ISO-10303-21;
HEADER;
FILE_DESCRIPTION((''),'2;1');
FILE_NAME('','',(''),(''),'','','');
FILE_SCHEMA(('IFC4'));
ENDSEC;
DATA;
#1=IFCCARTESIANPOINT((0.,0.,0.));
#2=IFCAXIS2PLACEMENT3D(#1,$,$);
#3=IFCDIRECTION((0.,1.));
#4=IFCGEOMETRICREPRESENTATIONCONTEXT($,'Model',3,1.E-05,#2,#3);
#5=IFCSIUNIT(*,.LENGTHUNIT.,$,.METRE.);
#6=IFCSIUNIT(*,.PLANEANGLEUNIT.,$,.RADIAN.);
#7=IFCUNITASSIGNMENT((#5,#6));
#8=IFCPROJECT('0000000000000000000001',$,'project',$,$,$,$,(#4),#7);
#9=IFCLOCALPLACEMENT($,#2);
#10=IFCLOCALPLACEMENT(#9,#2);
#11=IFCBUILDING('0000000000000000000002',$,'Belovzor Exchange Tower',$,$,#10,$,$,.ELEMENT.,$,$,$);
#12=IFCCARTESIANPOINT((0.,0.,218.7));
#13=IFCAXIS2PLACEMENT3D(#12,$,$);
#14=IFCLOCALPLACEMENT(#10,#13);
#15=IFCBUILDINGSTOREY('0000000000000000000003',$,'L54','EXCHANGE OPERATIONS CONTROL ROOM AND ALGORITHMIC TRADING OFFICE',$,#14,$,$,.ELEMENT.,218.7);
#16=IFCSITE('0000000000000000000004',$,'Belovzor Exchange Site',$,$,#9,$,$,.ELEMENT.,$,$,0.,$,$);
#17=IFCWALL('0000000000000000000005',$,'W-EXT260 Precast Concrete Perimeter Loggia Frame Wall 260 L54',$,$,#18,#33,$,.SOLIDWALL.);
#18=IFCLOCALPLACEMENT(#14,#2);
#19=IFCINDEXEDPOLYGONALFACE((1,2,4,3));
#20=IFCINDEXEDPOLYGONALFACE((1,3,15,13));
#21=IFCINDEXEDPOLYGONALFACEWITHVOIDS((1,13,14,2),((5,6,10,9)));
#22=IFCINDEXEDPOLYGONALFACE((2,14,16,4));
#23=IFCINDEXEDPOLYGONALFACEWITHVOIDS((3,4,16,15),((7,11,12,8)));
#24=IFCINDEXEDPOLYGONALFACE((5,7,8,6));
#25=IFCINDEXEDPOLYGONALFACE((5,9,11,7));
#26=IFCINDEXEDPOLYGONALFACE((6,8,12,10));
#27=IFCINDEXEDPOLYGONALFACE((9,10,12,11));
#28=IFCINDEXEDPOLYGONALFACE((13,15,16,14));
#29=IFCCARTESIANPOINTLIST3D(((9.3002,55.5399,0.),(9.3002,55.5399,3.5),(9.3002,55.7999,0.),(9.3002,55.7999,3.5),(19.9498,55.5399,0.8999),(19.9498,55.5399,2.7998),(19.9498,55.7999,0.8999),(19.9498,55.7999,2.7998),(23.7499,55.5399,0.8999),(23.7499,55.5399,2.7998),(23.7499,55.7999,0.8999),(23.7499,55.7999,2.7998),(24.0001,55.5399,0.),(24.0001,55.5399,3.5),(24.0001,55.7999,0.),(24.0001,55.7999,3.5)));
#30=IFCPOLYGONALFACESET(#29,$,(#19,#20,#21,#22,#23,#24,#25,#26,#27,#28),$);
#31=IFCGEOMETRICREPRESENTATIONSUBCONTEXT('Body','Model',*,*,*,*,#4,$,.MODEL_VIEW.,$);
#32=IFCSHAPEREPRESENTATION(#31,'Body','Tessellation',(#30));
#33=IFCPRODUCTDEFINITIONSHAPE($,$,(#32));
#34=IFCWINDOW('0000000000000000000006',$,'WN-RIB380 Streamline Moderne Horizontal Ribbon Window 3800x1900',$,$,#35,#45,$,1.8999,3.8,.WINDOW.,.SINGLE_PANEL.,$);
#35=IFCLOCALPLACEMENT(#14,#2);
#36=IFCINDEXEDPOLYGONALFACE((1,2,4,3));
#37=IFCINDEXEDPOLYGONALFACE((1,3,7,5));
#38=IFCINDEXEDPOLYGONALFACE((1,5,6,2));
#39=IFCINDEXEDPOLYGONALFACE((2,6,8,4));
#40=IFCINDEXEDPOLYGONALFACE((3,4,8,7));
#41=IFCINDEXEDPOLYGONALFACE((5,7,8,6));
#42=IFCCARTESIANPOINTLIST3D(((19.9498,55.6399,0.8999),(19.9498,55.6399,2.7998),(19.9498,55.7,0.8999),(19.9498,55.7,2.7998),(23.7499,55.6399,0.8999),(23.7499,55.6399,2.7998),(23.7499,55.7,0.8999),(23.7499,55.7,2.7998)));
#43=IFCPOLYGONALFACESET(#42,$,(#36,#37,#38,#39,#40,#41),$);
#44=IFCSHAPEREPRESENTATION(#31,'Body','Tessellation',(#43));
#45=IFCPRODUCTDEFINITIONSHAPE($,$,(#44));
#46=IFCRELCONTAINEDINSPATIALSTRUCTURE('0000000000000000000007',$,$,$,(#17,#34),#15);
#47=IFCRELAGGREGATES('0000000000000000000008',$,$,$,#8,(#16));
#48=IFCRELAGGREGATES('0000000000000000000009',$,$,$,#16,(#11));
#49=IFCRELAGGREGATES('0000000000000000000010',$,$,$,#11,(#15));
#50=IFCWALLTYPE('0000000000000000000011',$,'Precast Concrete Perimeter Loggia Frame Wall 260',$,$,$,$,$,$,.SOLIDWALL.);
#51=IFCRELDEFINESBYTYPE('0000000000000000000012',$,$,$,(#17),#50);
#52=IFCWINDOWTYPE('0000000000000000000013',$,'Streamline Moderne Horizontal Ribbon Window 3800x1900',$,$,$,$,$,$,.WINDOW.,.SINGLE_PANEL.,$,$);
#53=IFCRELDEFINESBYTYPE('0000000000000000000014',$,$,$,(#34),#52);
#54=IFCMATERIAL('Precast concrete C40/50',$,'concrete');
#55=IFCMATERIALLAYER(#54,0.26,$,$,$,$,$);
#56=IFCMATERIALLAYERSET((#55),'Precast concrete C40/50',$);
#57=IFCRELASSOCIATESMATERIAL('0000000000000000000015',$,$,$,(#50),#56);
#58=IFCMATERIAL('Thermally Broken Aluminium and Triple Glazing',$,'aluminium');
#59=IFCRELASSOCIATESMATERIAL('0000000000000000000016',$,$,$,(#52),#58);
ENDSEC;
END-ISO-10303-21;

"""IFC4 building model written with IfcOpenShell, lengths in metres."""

from ifc_helpers import new_model, si_unit, direction, frame, frame_2d, origin, place, context, subcontext, project, spatial, rectangle, extrude, material, layer, layer_set, type_object, element, fill, save


model = new_model("IFC4")

# Units and contexts
model_context = context("Model", 3, precision=1e-05, world=origin(), true_north=direction((0.0, 1.0)))
body_context = subcontext(model_context, "Body", "Model", "MODEL_VIEW")
ifc_project = project(units=[si_unit("LENGTHUNIT", "METRE"), si_unit("PLANEANGLEUNIT", "RADIAN")], contexts=[model_context])

# Site, building, storey
site_placement = place(None, origin())
site = spatial("IfcSite", under=ifc_project, at=site_placement, Name="Belovzor Exchange Site", CompositionType="ELEMENT", RefElevation=0.0)
building_placement = place(site_placement, origin())
building = spatial("IfcBuilding", under=site, at=building_placement, Name="Belovzor Exchange Tower", CompositionType="ELEMENT")
storey_placement = place(building_placement, frame((0.0, 0.0, 218.7)))
storey = spatial("IfcBuildingStorey", under=building, at=storey_placement, Name="L54", Description="EXCHANGE OPERATIONS CONTROL ROOM AND ALGORITHMIC TRADING OFFICE", CompositionType="ELEMENT", Elevation=218.7)

# Wall, opening, window
ifc_material_1 = material(Name="Precast concrete C40/50", Category="concrete")
ifc_layer_1 = layer(ifc_material_1, 0.26)
ifc_layer_set_1 = layer_set([ifc_layer_1], Name="Precast concrete C40/50")
wall_type_1 = type_object("IfcWallType", Name="Precast Concrete Perimeter Loggia Frame Wall 260", PredefinedType="SOLIDWALL", material=ifc_layer_set_1)
wall_1_placement = place(storey_placement, frame((9.3, 55.6699, 0.0), z_axis=(0.0, 0.0, 1.0), x_axis=(1.0, 0.0, 0.0)))
wall_1 = element("IfcWall", 1, at=wall_1_placement, inside=storey, type_object=wall_type_1, Name="W-EXT260 Precast Concrete Perimeter Loggia Frame Wall 260 L54", PredefinedType="SOLIDWALL", context=body_context, shape_type="SweptSolid", body=[
    extrude(rectangle(XDim=14.7, YDim=0.26, at=frame_2d((7.3501, 0.0))), origin(), (0.0, 0.0, 1.0), 3.5),
])
opening_1_placement = place(wall_1_placement, frame((10.6499, 0.0, 0.8999)))
opening_1 = element("IfcOpeningElement", 2, at=opening_1_placement, cuts=wall_1, PredefinedType="OPENING", context=body_context, shape_type="SweptSolid", body=[
    extrude(rectangle(XDim=3.8, YDim=1.8999, at=frame_2d((1.8999, 0.95))), frame((0.0, 0.1399, 0.0), z_axis=(0.0, -1.0, 0.0), x_axis=(1.0, 0.0, 0.0)), (0.0, 0.0, 1.0), 0.28),
])
ifc_material_2 = material(Name="Thermally Broken Aluminium and Triple Glazing", Category="aluminium")
window_type_1 = type_object("IfcWindowType", Name="Streamline Moderne Horizontal Ribbon Window 3800x1900", PartitioningType="SINGLE_PANEL", PredefinedType="WINDOW", material=ifc_material_2)
window_1_placement = place(opening_1_placement, origin())
window_1 = element("IfcWindow", 3, at=window_1_placement, inside=storey, type_object=window_type_1, Name="WN-RIB380 Streamline Moderne Horizontal Ribbon Window 3800x1900", OverallHeight=1.8999, OverallWidth=3.8, PartitioningType="SINGLE_PANEL", PredefinedType="WINDOW", context=body_context, shape_type="SweptSolid", body=[
    extrude(rectangle(XDim=3.8, YDim=1.8999, at=frame_2d((1.8999, 0.95))), frame((0.0, 0.03, 0.0), z_axis=(0.0, -1.0, 0.0), x_axis=(1.0, 0.0, 0.0)), (0.0, 0.0, 1.0), 0.0601),
])
fill(opening_1, window_1)

save(model, "model.ifc")
